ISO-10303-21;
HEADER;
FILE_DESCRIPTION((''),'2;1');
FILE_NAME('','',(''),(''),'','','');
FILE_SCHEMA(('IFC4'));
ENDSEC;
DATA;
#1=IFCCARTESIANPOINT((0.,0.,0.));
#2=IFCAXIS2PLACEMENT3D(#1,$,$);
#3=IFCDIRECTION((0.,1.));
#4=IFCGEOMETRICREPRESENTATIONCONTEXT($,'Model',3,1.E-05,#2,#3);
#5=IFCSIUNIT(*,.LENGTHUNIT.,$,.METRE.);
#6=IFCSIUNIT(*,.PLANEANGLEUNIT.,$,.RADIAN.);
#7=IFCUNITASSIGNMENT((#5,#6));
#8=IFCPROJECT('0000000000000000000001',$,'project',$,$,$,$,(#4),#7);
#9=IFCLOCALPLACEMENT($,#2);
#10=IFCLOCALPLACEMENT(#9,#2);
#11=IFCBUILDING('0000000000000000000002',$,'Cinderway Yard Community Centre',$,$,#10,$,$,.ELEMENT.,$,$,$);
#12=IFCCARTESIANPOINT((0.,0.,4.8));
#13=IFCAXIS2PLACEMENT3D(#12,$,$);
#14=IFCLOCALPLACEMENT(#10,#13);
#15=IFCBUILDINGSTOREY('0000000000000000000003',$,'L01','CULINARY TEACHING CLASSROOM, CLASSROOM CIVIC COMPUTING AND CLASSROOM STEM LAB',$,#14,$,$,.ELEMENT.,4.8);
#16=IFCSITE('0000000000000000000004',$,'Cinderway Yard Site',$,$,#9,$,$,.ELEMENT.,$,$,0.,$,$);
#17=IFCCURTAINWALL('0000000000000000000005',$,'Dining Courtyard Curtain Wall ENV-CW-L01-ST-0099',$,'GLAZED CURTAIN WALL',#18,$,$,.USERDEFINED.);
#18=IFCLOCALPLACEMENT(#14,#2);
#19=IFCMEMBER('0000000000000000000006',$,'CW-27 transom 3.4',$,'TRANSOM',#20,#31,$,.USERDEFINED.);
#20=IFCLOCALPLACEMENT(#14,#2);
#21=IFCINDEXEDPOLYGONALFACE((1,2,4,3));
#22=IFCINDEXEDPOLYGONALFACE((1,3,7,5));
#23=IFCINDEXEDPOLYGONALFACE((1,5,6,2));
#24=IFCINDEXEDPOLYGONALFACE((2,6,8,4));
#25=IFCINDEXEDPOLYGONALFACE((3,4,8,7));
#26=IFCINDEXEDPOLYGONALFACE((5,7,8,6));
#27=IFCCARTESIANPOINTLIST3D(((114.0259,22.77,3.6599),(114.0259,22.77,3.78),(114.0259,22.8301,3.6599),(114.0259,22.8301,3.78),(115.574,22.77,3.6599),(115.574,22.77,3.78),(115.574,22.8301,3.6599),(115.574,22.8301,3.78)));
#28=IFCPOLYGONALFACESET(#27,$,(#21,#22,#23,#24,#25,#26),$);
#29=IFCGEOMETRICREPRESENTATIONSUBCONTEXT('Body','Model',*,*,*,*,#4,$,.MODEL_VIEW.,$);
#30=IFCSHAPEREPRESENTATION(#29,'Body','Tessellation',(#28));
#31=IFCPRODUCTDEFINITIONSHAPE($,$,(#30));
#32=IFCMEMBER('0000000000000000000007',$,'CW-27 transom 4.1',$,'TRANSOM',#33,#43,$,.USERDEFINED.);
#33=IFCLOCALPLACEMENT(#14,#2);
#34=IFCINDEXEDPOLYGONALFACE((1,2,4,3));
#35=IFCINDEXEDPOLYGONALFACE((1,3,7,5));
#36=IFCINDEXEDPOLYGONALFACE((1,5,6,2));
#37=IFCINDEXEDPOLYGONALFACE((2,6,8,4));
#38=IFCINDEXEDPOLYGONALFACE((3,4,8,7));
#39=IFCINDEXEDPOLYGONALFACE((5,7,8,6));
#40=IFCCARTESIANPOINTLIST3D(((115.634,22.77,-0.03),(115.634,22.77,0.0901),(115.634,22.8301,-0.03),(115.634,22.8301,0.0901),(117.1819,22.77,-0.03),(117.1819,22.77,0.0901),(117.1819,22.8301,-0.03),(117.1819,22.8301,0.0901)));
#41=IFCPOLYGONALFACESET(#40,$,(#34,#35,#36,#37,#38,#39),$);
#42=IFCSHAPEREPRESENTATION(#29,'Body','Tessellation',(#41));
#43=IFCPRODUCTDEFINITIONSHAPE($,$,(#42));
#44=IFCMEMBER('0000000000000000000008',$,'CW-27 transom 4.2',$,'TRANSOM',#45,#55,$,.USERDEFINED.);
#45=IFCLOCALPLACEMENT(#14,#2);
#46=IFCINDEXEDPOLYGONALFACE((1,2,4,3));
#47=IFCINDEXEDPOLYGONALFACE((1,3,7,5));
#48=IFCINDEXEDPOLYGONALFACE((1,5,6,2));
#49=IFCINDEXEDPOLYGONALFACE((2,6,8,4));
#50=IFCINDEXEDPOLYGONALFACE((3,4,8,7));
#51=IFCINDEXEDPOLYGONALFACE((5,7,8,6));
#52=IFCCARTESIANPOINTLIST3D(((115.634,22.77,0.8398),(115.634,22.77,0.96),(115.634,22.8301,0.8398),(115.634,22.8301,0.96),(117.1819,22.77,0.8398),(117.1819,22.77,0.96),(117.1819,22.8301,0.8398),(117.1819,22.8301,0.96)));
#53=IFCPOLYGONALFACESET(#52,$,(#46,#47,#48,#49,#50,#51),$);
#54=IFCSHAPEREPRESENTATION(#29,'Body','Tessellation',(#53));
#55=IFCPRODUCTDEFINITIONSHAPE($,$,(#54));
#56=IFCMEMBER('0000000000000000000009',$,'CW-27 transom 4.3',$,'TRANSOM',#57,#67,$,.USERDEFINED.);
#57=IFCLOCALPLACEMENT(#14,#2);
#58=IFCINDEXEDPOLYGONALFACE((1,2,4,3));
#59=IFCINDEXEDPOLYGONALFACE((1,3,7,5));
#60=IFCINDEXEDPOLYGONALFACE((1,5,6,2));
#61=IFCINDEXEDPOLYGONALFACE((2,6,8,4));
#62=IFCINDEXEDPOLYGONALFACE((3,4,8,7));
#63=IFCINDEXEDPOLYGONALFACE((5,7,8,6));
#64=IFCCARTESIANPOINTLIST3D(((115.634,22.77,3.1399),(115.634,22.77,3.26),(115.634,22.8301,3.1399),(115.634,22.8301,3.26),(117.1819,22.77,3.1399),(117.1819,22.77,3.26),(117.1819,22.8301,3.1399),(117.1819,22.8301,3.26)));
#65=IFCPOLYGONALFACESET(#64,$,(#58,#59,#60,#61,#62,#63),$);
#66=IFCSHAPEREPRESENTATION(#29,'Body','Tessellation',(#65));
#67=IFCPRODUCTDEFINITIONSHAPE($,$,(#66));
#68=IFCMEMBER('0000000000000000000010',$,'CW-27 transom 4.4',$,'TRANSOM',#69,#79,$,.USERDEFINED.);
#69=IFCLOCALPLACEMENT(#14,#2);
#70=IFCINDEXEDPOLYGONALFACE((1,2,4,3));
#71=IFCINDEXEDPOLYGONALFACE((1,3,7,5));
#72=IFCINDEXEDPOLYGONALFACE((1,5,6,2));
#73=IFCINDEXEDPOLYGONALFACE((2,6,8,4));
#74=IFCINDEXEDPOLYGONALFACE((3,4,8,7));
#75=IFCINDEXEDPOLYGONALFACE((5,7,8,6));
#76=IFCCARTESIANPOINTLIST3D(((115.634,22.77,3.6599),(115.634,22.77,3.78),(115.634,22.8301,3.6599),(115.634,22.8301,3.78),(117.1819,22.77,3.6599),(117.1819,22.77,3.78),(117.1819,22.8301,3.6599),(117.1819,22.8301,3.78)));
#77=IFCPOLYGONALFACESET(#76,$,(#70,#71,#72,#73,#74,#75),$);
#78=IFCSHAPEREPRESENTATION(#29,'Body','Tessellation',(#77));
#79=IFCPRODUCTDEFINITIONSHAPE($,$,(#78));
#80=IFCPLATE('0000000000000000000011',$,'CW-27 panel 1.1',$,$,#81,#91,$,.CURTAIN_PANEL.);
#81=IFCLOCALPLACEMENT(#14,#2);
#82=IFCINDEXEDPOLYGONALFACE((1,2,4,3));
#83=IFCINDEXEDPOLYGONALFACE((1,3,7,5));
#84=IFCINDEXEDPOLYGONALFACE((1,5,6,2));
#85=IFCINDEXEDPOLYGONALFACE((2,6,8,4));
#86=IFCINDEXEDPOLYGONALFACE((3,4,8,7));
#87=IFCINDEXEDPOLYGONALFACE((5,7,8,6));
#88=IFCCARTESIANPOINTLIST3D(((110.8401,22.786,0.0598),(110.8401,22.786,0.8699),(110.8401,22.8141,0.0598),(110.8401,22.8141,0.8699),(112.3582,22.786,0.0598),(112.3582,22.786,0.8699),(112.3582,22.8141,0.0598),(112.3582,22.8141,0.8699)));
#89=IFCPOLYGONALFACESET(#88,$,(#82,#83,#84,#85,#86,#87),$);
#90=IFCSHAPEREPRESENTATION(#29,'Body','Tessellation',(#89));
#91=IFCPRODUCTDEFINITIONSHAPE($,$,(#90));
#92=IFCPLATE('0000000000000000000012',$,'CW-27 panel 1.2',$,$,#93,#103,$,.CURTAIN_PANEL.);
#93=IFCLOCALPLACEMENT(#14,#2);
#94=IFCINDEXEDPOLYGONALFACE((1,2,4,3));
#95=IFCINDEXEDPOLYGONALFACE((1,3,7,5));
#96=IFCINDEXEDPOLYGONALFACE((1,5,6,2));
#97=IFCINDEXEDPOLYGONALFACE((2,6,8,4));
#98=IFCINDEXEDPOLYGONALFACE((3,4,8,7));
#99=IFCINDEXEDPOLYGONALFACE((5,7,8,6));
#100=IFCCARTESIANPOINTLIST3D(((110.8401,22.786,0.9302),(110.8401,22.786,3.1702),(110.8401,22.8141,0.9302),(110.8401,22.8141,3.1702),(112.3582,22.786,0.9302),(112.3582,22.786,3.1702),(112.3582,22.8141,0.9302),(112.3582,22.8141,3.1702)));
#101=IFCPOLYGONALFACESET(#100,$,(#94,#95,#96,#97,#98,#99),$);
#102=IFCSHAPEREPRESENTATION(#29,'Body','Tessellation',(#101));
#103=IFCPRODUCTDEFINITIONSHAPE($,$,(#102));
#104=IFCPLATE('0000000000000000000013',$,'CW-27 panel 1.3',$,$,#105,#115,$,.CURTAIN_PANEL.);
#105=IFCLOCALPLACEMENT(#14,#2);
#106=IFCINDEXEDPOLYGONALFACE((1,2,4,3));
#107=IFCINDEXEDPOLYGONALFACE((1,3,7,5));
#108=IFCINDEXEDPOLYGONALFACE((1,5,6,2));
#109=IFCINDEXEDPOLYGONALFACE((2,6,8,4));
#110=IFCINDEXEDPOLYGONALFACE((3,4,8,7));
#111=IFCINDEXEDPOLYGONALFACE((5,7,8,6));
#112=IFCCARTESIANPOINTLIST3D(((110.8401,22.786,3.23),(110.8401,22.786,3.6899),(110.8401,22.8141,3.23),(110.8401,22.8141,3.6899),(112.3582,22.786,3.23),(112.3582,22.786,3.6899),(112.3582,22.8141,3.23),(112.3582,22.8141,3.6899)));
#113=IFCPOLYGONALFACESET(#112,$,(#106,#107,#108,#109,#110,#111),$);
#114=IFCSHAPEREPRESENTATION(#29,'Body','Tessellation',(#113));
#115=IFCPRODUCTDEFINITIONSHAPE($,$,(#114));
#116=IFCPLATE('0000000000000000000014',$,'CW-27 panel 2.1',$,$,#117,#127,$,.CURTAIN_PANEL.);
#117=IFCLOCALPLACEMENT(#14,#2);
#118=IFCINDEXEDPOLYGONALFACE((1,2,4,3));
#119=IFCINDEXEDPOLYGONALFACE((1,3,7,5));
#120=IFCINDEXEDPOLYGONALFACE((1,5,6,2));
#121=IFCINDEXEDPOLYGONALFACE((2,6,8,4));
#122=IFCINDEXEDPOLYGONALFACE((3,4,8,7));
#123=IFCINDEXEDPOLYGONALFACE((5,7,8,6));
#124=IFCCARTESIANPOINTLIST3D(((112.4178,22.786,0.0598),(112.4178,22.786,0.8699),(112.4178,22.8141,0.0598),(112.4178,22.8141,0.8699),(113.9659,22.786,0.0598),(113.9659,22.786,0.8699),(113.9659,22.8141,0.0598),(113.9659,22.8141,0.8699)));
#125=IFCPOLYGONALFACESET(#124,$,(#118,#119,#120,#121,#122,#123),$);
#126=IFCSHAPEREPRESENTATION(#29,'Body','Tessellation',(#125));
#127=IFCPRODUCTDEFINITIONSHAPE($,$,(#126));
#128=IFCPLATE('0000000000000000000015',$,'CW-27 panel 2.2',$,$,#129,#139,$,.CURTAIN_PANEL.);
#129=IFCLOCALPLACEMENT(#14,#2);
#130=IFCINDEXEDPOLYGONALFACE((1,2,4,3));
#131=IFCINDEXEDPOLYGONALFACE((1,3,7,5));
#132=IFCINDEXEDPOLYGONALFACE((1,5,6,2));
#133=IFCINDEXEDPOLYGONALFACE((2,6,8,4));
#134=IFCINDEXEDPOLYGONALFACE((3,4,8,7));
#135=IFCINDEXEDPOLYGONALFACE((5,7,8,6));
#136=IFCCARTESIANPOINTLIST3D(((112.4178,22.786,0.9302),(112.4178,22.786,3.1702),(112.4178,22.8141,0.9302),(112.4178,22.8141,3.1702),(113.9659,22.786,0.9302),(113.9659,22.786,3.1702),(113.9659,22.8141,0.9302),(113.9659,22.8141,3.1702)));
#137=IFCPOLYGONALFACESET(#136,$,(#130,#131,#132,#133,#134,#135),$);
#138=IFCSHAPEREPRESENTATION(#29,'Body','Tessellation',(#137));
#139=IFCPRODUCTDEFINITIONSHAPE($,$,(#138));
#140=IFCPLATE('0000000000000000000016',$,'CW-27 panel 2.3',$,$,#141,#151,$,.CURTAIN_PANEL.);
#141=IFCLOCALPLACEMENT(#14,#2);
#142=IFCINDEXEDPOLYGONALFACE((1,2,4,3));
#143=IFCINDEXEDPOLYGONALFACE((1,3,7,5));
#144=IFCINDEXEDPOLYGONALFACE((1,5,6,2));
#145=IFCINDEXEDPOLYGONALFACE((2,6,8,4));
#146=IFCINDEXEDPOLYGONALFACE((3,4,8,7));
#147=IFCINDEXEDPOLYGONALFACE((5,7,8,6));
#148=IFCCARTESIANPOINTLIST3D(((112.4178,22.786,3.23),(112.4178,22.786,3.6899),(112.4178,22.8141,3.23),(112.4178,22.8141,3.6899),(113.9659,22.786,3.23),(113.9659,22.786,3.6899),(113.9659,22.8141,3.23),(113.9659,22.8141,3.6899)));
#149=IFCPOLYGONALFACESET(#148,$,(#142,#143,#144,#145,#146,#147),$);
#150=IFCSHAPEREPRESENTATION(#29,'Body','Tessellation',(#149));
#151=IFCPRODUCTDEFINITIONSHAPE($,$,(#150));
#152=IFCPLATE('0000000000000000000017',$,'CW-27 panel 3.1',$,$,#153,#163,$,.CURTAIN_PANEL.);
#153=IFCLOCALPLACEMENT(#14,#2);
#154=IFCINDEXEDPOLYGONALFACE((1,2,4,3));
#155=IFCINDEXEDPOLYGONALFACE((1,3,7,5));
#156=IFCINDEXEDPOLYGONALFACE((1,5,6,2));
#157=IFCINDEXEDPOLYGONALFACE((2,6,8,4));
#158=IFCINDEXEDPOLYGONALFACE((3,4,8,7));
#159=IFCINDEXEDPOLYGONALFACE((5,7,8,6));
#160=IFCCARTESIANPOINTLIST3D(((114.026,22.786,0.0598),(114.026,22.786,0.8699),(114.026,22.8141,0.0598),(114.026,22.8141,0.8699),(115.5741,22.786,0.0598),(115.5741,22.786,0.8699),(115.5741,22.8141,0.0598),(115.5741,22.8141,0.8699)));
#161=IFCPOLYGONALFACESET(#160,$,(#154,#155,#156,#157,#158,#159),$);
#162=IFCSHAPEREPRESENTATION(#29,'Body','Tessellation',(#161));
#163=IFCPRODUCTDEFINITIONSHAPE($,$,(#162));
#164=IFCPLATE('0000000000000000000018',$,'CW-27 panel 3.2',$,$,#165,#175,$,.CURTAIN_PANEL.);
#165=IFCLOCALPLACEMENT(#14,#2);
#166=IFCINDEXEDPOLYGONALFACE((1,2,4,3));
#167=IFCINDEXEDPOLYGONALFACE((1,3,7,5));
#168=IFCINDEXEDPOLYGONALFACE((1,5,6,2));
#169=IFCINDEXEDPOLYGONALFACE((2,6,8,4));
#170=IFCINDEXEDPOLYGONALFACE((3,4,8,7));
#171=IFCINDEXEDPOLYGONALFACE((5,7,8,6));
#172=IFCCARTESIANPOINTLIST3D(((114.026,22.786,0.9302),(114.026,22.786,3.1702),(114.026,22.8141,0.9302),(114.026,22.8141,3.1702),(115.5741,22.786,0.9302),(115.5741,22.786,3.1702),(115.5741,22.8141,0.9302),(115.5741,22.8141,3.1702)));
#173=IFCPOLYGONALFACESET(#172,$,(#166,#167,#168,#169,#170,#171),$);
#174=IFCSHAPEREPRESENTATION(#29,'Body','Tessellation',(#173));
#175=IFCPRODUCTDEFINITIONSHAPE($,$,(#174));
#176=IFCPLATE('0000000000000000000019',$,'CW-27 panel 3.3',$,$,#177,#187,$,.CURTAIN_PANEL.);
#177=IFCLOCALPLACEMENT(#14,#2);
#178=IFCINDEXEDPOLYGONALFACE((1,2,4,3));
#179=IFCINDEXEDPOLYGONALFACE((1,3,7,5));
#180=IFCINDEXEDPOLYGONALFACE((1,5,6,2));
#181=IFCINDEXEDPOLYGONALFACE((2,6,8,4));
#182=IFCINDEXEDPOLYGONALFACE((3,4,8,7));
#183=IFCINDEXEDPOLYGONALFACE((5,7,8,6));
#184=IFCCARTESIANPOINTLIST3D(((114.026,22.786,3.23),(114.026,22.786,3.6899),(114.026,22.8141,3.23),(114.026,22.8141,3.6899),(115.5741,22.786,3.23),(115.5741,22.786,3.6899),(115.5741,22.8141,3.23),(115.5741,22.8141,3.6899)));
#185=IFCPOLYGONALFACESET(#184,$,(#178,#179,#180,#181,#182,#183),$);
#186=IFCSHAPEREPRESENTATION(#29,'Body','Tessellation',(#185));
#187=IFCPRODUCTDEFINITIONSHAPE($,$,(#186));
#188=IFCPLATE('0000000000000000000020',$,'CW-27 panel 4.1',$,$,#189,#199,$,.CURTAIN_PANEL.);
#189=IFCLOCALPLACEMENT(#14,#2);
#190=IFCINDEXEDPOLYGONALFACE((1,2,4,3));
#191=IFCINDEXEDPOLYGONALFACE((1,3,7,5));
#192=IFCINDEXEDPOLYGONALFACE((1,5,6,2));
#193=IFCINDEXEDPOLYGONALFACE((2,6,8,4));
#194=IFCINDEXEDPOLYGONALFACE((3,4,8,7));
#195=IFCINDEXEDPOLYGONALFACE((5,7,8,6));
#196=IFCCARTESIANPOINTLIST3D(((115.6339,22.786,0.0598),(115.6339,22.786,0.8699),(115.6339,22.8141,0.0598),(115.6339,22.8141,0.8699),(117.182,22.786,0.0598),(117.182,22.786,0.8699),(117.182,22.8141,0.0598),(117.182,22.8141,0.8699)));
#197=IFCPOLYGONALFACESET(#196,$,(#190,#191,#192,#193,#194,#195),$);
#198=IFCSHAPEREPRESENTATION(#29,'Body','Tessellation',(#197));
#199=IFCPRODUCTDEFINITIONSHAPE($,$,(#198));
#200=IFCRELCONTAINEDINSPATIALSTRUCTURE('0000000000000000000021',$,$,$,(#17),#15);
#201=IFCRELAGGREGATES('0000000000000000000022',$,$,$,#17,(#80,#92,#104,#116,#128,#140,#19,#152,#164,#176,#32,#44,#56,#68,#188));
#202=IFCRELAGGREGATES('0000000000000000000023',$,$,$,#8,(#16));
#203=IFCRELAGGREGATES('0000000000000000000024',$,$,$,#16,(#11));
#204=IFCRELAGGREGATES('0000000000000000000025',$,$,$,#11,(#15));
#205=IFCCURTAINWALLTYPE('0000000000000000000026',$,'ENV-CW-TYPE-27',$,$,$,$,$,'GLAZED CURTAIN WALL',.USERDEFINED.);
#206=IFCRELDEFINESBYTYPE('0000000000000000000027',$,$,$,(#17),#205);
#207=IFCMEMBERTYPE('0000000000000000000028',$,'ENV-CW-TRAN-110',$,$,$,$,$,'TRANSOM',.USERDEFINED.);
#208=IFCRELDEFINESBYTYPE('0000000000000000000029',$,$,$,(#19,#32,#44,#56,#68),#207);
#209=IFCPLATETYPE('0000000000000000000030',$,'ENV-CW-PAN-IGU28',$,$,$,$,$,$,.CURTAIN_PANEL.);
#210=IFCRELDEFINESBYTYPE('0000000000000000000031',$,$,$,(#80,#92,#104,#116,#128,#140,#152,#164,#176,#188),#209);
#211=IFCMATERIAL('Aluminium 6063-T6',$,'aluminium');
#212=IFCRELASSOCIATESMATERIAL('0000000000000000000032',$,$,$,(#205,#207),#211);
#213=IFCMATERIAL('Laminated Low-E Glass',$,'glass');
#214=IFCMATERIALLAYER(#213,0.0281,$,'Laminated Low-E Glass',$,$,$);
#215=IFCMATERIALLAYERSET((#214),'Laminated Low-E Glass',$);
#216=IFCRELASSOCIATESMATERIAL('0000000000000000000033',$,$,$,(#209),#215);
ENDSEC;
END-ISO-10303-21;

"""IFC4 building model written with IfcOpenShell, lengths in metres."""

from ifc_helpers import new_model, si_unit, direction, frame, origin, origin_2d, place, context, subcontext, project, spatial, rectangle, extrude, material, layer, layer_set, material_profile, profile_set, type_object, element, aggregate, save


model = new_model("IFC4")

# Units and contexts
model_context = context("Model", 3, precision=1e-05, world=origin(), true_north=direction((0.0, 1.0)))
body_context = subcontext(model_context, "Body", "Model", "MODEL_VIEW")
ifc_project = project(units=[si_unit("LENGTHUNIT", "METRE"), si_unit("PLANEANGLEUNIT", "RADIAN")], contexts=[model_context])

# Site, building, storey
site_placement = place(None, origin())
site = spatial("IfcSite", under=ifc_project, at=site_placement, Name="Cinderway Yard Site", CompositionType="ELEMENT", RefElevation=0.0)
building_placement = place(site_placement, origin())
building = spatial("IfcBuilding", under=site, at=building_placement, Name="Cinderway Yard Community Centre", CompositionType="ELEMENT")
storey_placement = place(building_placement, frame((0.0, 0.0, 4.8)))
storey = spatial("IfcBuildingStorey", under=building, at=storey_placement, Name="L01", Description="CULINARY TEACHING CLASSROOM, CLASSROOM CIVIC COMPUTING AND CLASSROOM STEM LAB", CompositionType="ELEMENT", Elevation=4.8)

# Curtain wall, members, plates
ifc_material_1 = material(Name="Aluminium 6063-T6", Category="aluminium")
curtain_wall_type = type_object("IfcCurtainWallType", Name="ENV-CW-TYPE-27", ElementType="GLAZED CURTAIN WALL", PredefinedType="USERDEFINED", material=ifc_material_1)
curtain_wall_placement = place(storey_placement, origin())
curtain_wall = element("IfcCurtainWall", 1, at=curtain_wall_placement, inside=storey, type_object=curtain_wall_type, Name="Dining Courtyard Curtain Wall ENV-CW-L01-ST-0099", ObjectType="GLAZED CURTAIN WALL", PredefinedType="USERDEFINED")
ifc_material_profile_1 = material_profile(ifc_material_1, rectangle(XDim=0.0601, YDim=0.1201, at=origin_2d()), Name="Aluminium 6063-T6")
ifc_profile_set_1 = profile_set([ifc_material_profile_1], Name="Aluminium 6063-T6")
member_type_1 = type_object("IfcMemberType", Name="ENV-CW-TRAN-110", ElementType="TRANSOM", PredefinedType="USERDEFINED", material=ifc_profile_set_1)
member_1_placement = place(storey_placement, frame((114.0259, 22.8, 3.72), z_axis=(1.0, 0.0, 0.0), x_axis=(0.0, 1.0, 0.0)))
member_1 = element("IfcMember", 2, at=member_1_placement, type_object=member_type_1, Name="CW-27 transom 3.4", ObjectType="TRANSOM", PredefinedType="USERDEFINED", context=body_context, shape_type="SweptSolid", body=[
    extrude(rectangle(XDim=0.0601, YDim=0.1201, at=origin_2d()), origin(), (0.0, 0.0, 1.0), 1.5481),
])
member_2_placement = place(storey_placement, frame((115.634, 22.8, 0.03), z_axis=(1.0, 0.0, 0.0), x_axis=(0.0, 1.0, 0.0)))
member_2 = element("IfcMember", 3, at=member_2_placement, type_object=member_type_1, Name="CW-27 transom 4.1", ObjectType="TRANSOM", PredefinedType="USERDEFINED", context=body_context, shape_type="SweptSolid", body=[
    extrude(rectangle(XDim=0.0601, YDim=0.1201, at=origin_2d()), origin(), (0.0, 0.0, 1.0), 1.5479),
])
member_3_placement = place(storey_placement, frame((115.634, 22.8, 0.8999), z_axis=(1.0, 0.0, 0.0), x_axis=(0.0, 1.0, 0.0)))
member_3 = element("IfcMember", 4, at=member_3_placement, type_object=member_type_1, Name="CW-27 transom 4.2", ObjectType="TRANSOM", PredefinedType="USERDEFINED", context=body_context, shape_type="SweptSolid", body=[
    extrude(rectangle(XDim=0.0601, YDim=0.1201, at=origin_2d()), origin(), (0.0, 0.0, 1.0), 1.5479),
])
member_4_placement = place(storey_placement, frame((115.634, 22.8, 3.2), z_axis=(1.0, 0.0, 0.0), x_axis=(0.0, 1.0, 0.0)))
member_4 = element("IfcMember", 5, at=member_4_placement, type_object=member_type_1, Name="CW-27 transom 4.3", ObjectType="TRANSOM", PredefinedType="USERDEFINED", context=body_context, shape_type="SweptSolid", body=[
    extrude(rectangle(XDim=0.0601, YDim=0.1201, at=origin_2d()), origin(), (0.0, 0.0, 1.0), 1.5479),
])
member_5_placement = place(storey_placement, frame((115.634, 22.8, 3.72), z_axis=(1.0, 0.0, 0.0), x_axis=(0.0, 1.0, 0.0)))
member_5 = element("IfcMember", 6, at=member_5_placement, type_object=member_type_1, Name="CW-27 transom 4.4", ObjectType="TRANSOM", PredefinedType="USERDEFINED", context=body_context, shape_type="SweptSolid", body=[
    extrude(rectangle(XDim=0.0601, YDim=0.1201, at=origin_2d()), origin(), (0.0, 0.0, 1.0), 1.5479),
])
ifc_material_2 = material(Name="Laminated Low-E Glass", Category="glass")
ifc_layer = layer(ifc_material_2, 0.0281, Name="Laminated Low-E Glass")
ifc_layer_set = layer_set([ifc_layer], Name="Laminated Low-E Glass")
plate_type = type_object("IfcPlateType", Name="ENV-CW-PAN-IGU28", PredefinedType="CURTAIN_PANEL", material=ifc_layer_set)
plate_1_placement = place(storey_placement, frame((111.5991, 22.8, 0.0598), z_axis=(0.0, 0.0, 1.0), x_axis=(1.0, 0.0, 0.0)))
plate_1 = element("IfcPlate", 7, at=plate_1_placement, type_object=plate_type, Name="CW-27 panel 1.1", PredefinedType="CURTAIN_PANEL", context=body_context, shape_type="SweptSolid", body=[
    extrude(rectangle(XDim=1.5181, YDim=0.0281, at=origin_2d()), origin(), (0.0, 0.0, 1.0), 0.8101),
])
plate_2_placement = place(storey_placement, frame((111.5991, 22.8, 0.9302), z_axis=(0.0, 0.0, 1.0), x_axis=(1.0, 0.0, 0.0)))
plate_2 = element("IfcPlate", 8, at=plate_2_placement, type_object=plate_type, Name="CW-27 panel 1.2", PredefinedType="CURTAIN_PANEL", context=body_context, shape_type="SweptSolid", body=[
    extrude(rectangle(XDim=1.5181, YDim=0.0281, at=origin_2d()), origin(), (0.0, 0.0, 1.0), 2.24),
])
plate_3_placement = place(storey_placement, frame((111.5991, 22.8, 3.23), z_axis=(0.0, 0.0, 1.0), x_axis=(1.0, 0.0, 0.0)))
plate_3 = element("IfcPlate", 9, at=plate_3_placement, type_object=plate_type, Name="CW-27 panel 1.3", PredefinedType="CURTAIN_PANEL", context=body_context, shape_type="SweptSolid", body=[
    extrude(rectangle(XDim=1.5181, YDim=0.0281, at=origin_2d()), origin(), (0.0, 0.0, 1.0), 0.46),
])
plate_4_placement = place(storey_placement, frame((113.1919, 22.8, 0.0598), z_axis=(0.0, 0.0, 1.0), x_axis=(1.0, 0.0, 0.0)))
plate_4 = element("IfcPlate", 10, at=plate_4_placement, type_object=plate_type, Name="CW-27 panel 2.1", PredefinedType="CURTAIN_PANEL", context=body_context, shape_type="SweptSolid", body=[
    extrude(rectangle(XDim=1.5481, YDim=0.0281, at=origin_2d()), origin(), (0.0, 0.0, 1.0), 0.8101),
])
plate_5_placement = place(storey_placement, frame((113.1919, 22.8, 0.9302), z_axis=(0.0, 0.0, 1.0), x_axis=(1.0, 0.0, 0.0)))
plate_5 = element("IfcPlate", 11, at=plate_5_placement, type_object=plate_type, Name="CW-27 panel 2.2", PredefinedType="CURTAIN_PANEL", context=body_context, shape_type="SweptSolid", body=[
    extrude(rectangle(XDim=1.5481, YDim=0.0281, at=origin_2d()), origin(), (0.0, 0.0, 1.0), 2.24),
])
plate_6_placement = place(storey_placement, frame((113.1919, 22.8, 3.23), z_axis=(0.0, 0.0, 1.0), x_axis=(1.0, 0.0, 0.0)))
plate_6 = element("IfcPlate", 12, at=plate_6_placement, type_object=plate_type, Name="CW-27 panel 2.3", PredefinedType="CURTAIN_PANEL", context=body_context, shape_type="SweptSolid", body=[
    extrude(rectangle(XDim=1.5481, YDim=0.0281, at=origin_2d()), origin(), (0.0, 0.0, 1.0), 0.46),
])
plate_7_placement = place(storey_placement, frame((114.8, 22.8, 0.0598), z_axis=(0.0, 0.0, 1.0), x_axis=(1.0, 0.0, 0.0)))
plate_7 = element("IfcPlate", 13, at=plate_7_placement, type_object=plate_type, Name="CW-27 panel 3.1", PredefinedType="CURTAIN_PANEL", context=body_context, shape_type="SweptSolid", body=[
    extrude(rectangle(XDim=1.5481, YDim=0.0281, at=origin_2d()), origin(), (0.0, 0.0, 1.0), 0.8101),
])
plate_8_placement = place(storey_placement, frame((114.8, 22.8, 0.9302), z_axis=(0.0, 0.0, 1.0), x_axis=(1.0, 0.0, 0.0)))
plate_8 = element("IfcPlate", 14, at=plate_8_placement, type_object=plate_type, Name="CW-27 panel 3.2", PredefinedType="CURTAIN_PANEL", context=body_context, shape_type="SweptSolid", body=[
    extrude(rectangle(XDim=1.5481, YDim=0.0281, at=origin_2d()), origin(), (0.0, 0.0, 1.0), 2.24),
])
plate_9_placement = place(storey_placement, frame((114.8, 22.8, 3.23), z_axis=(0.0, 0.0, 1.0), x_axis=(1.0, 0.0, 0.0)))
plate_9 = element("IfcPlate", 15, at=plate_9_placement, type_object=plate_type, Name="CW-27 panel 3.3", PredefinedType="CURTAIN_PANEL", context=body_context, shape_type="SweptSolid", body=[
    extrude(rectangle(XDim=1.5481, YDim=0.0281, at=origin_2d()), origin(), (0.0, 0.0, 1.0), 0.46),
])
plate_10_placement = place(storey_placement, frame((116.408, 22.8, 0.0598), z_axis=(0.0, 0.0, 1.0), x_axis=(1.0, 0.0, 0.0)))
plate_10 = element("IfcPlate", 16, at=plate_10_placement, type_object=plate_type, Name="CW-27 panel 4.1", PredefinedType="CURTAIN_PANEL", context=body_context, shape_type="SweptSolid", body=[
    extrude(rectangle(XDim=1.5481, YDim=0.0281, at=origin_2d()), origin(), (0.0, 0.0, 1.0), 0.8101),
])
aggregate(curtain_wall, [plate_1, plate_2, plate_3, plate_4, plate_5, plate_6, member_1, plate_7, plate_8, plate_9, member_2, member_3, member_4, member_5, plate_10])

save(model, "model.ifc")
